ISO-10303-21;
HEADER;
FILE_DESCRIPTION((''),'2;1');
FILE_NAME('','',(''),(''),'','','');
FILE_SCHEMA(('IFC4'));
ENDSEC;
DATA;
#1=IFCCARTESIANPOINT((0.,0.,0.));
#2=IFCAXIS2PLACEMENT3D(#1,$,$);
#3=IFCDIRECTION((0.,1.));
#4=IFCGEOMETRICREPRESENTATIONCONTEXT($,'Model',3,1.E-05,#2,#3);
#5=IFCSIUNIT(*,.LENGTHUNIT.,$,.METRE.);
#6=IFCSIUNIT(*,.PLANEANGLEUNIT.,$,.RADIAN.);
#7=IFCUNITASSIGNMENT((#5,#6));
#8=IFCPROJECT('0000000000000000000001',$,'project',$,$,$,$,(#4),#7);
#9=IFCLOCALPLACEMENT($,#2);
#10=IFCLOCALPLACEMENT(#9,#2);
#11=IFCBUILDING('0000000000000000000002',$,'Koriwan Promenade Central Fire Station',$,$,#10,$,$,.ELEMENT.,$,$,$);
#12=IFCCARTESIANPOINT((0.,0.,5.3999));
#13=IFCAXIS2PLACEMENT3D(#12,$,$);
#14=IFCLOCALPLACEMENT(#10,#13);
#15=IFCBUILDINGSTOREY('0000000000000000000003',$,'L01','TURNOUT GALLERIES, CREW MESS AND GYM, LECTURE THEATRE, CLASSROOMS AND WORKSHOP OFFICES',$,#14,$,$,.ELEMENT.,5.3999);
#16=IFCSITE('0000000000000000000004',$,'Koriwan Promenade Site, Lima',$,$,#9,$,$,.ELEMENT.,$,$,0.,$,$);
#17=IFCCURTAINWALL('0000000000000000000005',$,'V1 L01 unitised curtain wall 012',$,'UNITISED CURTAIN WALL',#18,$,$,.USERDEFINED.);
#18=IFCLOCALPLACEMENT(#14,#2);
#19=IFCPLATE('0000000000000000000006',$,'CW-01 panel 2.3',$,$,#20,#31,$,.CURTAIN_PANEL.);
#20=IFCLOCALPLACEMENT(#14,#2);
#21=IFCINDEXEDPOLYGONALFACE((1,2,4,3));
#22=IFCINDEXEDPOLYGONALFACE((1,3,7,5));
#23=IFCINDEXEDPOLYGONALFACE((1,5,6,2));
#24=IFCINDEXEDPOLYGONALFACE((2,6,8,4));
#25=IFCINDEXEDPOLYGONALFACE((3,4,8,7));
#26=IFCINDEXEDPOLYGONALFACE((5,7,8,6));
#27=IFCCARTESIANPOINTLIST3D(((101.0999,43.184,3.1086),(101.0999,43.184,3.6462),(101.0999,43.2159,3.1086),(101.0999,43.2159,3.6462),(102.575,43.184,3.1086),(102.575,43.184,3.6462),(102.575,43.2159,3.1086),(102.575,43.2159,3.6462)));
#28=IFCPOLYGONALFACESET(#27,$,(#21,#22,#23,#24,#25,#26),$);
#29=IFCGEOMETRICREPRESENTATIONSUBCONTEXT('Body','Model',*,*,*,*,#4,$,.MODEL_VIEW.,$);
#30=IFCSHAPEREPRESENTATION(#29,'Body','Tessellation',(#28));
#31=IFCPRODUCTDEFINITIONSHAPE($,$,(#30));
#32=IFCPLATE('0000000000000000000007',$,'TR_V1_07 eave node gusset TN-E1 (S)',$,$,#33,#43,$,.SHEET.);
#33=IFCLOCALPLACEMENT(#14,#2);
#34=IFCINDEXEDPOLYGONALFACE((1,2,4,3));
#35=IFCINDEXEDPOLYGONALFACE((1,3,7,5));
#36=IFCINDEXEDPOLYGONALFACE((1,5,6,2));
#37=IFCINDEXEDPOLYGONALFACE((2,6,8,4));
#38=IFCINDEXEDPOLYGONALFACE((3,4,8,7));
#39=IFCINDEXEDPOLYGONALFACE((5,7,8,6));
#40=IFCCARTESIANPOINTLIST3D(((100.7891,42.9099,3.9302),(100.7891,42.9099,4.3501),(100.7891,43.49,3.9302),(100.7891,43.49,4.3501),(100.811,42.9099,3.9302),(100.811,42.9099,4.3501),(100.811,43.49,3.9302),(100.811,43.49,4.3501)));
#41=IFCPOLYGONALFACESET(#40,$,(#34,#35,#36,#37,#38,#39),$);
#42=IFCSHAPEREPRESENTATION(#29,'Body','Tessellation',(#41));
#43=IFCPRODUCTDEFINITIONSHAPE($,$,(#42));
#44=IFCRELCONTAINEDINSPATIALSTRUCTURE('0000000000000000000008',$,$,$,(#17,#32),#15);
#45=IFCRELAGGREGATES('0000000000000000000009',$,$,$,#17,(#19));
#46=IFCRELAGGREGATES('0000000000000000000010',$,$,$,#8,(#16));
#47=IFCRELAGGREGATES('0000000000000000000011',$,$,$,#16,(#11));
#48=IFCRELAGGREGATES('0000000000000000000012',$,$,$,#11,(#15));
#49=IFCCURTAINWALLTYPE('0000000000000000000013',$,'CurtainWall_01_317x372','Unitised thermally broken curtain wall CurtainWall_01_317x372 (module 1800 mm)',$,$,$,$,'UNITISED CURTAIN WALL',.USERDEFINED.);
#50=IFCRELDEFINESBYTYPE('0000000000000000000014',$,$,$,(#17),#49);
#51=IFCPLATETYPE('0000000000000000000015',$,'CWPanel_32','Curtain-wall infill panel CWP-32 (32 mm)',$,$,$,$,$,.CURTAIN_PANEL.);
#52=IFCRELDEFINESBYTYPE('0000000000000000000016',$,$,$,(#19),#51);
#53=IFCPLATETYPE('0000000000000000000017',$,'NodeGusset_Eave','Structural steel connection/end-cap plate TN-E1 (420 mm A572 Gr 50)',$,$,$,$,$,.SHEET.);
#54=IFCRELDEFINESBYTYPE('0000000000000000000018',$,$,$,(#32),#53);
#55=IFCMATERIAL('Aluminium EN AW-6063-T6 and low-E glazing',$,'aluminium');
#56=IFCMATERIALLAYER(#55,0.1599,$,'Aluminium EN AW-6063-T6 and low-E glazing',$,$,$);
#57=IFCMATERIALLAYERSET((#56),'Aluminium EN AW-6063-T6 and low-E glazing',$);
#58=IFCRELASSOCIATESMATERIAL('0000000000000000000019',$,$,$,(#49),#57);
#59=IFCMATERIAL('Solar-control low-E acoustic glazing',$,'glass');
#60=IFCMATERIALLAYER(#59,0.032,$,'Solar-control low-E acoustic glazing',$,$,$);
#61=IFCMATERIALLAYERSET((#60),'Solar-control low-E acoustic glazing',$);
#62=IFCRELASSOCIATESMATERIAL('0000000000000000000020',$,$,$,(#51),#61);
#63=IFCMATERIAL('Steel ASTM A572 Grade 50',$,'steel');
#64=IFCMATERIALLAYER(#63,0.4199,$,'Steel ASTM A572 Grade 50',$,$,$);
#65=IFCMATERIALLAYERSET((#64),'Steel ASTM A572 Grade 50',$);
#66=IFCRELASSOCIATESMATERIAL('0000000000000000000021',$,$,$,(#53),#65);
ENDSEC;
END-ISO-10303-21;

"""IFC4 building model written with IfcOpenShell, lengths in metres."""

from ifc_helpers import new_model, si_unit, direction, frame, origin, origin_2d, place, context, subcontext, project, spatial, rectangle, extrude, material, layer, layer_set, type_object, element, aggregate, save


model = new_model("IFC4")

# Units and contexts
model_context = context("Model", 3, precision=1e-05, world=origin(), true_north=direction((0.0, 1.0)))
body_context = subcontext(model_context, "Body", "Model", "MODEL_VIEW")
ifc_project = project(units=[si_unit("LENGTHUNIT", "METRE"), si_unit("PLANEANGLEUNIT", "RADIAN")], contexts=[model_context])

# Site, building, storey
site_placement = place(None, origin())
site = spatial("IfcSite", under=ifc_project, at=site_placement, Name="Koriwan Promenade Site, Lima", CompositionType="ELEMENT", RefElevation=0.0)
building_placement = place(site_placement, origin())
building = spatial("IfcBuilding", under=site, at=building_placement, Name="Koriwan Promenade Central Fire Station", CompositionType="ELEMENT")
storey_placement = place(building_placement, frame((0.0, 0.0, 5.3999)))
storey = spatial("IfcBuildingStorey", under=building, at=storey_placement, Name="L01", Description="TURNOUT GALLERIES, CREW MESS AND GYM, LECTURE THEATRE, CLASSROOMS AND WORKSHOP OFFICES", CompositionType="ELEMENT", Elevation=5.3999)

# Curtain wall
ifc_material_1 = material(Name="Aluminium EN AW-6063-T6 and low-E glazing", Category="aluminium")
ifc_layer_1 = layer(ifc_material_1, 0.1599, Name="Aluminium EN AW-6063-T6 and low-E glazing")
ifc_layer_set_1 = layer_set([ifc_layer_1], Name="Aluminium EN AW-6063-T6 and low-E glazing")
curtain_wall_type_1 = type_object("IfcCurtainWallType", Name="CurtainWall_01_317x372", Description="Unitised thermally broken curtain wall CurtainWall_01_317x372 (module 1800 mm)", ElementType="UNITISED CURTAIN WALL", PredefinedType="USERDEFINED", material=ifc_layer_set_1)
curtain_wall_1_placement = place(storey_placement, origin())
curtain_wall_1 = element("IfcCurtainWall", 1, at=curtain_wall_1_placement, inside=storey, type_object=curtain_wall_type_1, Name="V1 L01 unitised curtain wall 012", ObjectType="UNITISED CURTAIN WALL", PredefinedType="USERDEFINED")

# Plates
ifc_material_2 = material(Name="Solar-control low-E acoustic glazing", Category="glass")
ifc_layer_2 = layer(ifc_material_2, 0.032, Name="Solar-control low-E acoustic glazing")
ifc_layer_set_2 = layer_set([ifc_layer_2], Name="Solar-control low-E acoustic glazing")
plate_type_1 = type_object("IfcPlateType", Name="CWPanel_32", Description="Curtain-wall infill panel CWP-32 (32 mm)", PredefinedType="CURTAIN_PANEL", material=ifc_layer_set_2)
plate_1_placement = place(storey_placement, frame((101.8374, 43.2, 3.1086), z_axis=(0.0, 0.0, 1.0), x_axis=(-1.0, 0.0, 0.0)))
plate_1 = element("IfcPlate", 2, at=plate_1_placement, type_object=plate_type_1, Name="CW-01 panel 2.3", PredefinedType="CURTAIN_PANEL", context=body_context, shape_type="SweptSolid", body=[
    extrude(rectangle(XDim=1.4751, YDim=0.032, at=origin_2d()), origin(), (0.0, 0.0, 1.0), 0.5376),
])
aggregate(curtain_wall_1, [plate_1])
ifc_material_3 = material(Name="Steel ASTM A572 Grade 50", Category="steel")
ifc_layer_3 = layer(ifc_material_3, 0.4199, Name="Steel ASTM A572 Grade 50")
ifc_layer_set_3 = layer_set([ifc_layer_3], Name="Steel ASTM A572 Grade 50")
plate_type_2 = type_object("IfcPlateType", Name="NodeGusset_Eave", Description="Structural steel connection/end-cap plate TN-E1 (420 mm A572 Gr 50)", PredefinedType="SHEET", material=ifc_layer_set_3)
plate_2_placement = place(storey_placement, frame((100.8, 43.2, 3.9302), z_axis=(0.0, 0.0, 1.0), x_axis=(1.0, 0.0, 0.0)))
element("IfcPlate", 3, at=plate_2_placement, inside=storey, type_object=plate_type_2, Name="TR_V1_07 eave node gusset TN-E1 (S)", PredefinedType="SHEET", context=body_context, shape_type="SweptSolid", body=[
    extrude(rectangle(XDim=0.022, YDim=0.5801, at=origin_2d()), origin(), (0.0, 0.0, 1.0), 0.4199),
])

save(model, "model.ifc")
